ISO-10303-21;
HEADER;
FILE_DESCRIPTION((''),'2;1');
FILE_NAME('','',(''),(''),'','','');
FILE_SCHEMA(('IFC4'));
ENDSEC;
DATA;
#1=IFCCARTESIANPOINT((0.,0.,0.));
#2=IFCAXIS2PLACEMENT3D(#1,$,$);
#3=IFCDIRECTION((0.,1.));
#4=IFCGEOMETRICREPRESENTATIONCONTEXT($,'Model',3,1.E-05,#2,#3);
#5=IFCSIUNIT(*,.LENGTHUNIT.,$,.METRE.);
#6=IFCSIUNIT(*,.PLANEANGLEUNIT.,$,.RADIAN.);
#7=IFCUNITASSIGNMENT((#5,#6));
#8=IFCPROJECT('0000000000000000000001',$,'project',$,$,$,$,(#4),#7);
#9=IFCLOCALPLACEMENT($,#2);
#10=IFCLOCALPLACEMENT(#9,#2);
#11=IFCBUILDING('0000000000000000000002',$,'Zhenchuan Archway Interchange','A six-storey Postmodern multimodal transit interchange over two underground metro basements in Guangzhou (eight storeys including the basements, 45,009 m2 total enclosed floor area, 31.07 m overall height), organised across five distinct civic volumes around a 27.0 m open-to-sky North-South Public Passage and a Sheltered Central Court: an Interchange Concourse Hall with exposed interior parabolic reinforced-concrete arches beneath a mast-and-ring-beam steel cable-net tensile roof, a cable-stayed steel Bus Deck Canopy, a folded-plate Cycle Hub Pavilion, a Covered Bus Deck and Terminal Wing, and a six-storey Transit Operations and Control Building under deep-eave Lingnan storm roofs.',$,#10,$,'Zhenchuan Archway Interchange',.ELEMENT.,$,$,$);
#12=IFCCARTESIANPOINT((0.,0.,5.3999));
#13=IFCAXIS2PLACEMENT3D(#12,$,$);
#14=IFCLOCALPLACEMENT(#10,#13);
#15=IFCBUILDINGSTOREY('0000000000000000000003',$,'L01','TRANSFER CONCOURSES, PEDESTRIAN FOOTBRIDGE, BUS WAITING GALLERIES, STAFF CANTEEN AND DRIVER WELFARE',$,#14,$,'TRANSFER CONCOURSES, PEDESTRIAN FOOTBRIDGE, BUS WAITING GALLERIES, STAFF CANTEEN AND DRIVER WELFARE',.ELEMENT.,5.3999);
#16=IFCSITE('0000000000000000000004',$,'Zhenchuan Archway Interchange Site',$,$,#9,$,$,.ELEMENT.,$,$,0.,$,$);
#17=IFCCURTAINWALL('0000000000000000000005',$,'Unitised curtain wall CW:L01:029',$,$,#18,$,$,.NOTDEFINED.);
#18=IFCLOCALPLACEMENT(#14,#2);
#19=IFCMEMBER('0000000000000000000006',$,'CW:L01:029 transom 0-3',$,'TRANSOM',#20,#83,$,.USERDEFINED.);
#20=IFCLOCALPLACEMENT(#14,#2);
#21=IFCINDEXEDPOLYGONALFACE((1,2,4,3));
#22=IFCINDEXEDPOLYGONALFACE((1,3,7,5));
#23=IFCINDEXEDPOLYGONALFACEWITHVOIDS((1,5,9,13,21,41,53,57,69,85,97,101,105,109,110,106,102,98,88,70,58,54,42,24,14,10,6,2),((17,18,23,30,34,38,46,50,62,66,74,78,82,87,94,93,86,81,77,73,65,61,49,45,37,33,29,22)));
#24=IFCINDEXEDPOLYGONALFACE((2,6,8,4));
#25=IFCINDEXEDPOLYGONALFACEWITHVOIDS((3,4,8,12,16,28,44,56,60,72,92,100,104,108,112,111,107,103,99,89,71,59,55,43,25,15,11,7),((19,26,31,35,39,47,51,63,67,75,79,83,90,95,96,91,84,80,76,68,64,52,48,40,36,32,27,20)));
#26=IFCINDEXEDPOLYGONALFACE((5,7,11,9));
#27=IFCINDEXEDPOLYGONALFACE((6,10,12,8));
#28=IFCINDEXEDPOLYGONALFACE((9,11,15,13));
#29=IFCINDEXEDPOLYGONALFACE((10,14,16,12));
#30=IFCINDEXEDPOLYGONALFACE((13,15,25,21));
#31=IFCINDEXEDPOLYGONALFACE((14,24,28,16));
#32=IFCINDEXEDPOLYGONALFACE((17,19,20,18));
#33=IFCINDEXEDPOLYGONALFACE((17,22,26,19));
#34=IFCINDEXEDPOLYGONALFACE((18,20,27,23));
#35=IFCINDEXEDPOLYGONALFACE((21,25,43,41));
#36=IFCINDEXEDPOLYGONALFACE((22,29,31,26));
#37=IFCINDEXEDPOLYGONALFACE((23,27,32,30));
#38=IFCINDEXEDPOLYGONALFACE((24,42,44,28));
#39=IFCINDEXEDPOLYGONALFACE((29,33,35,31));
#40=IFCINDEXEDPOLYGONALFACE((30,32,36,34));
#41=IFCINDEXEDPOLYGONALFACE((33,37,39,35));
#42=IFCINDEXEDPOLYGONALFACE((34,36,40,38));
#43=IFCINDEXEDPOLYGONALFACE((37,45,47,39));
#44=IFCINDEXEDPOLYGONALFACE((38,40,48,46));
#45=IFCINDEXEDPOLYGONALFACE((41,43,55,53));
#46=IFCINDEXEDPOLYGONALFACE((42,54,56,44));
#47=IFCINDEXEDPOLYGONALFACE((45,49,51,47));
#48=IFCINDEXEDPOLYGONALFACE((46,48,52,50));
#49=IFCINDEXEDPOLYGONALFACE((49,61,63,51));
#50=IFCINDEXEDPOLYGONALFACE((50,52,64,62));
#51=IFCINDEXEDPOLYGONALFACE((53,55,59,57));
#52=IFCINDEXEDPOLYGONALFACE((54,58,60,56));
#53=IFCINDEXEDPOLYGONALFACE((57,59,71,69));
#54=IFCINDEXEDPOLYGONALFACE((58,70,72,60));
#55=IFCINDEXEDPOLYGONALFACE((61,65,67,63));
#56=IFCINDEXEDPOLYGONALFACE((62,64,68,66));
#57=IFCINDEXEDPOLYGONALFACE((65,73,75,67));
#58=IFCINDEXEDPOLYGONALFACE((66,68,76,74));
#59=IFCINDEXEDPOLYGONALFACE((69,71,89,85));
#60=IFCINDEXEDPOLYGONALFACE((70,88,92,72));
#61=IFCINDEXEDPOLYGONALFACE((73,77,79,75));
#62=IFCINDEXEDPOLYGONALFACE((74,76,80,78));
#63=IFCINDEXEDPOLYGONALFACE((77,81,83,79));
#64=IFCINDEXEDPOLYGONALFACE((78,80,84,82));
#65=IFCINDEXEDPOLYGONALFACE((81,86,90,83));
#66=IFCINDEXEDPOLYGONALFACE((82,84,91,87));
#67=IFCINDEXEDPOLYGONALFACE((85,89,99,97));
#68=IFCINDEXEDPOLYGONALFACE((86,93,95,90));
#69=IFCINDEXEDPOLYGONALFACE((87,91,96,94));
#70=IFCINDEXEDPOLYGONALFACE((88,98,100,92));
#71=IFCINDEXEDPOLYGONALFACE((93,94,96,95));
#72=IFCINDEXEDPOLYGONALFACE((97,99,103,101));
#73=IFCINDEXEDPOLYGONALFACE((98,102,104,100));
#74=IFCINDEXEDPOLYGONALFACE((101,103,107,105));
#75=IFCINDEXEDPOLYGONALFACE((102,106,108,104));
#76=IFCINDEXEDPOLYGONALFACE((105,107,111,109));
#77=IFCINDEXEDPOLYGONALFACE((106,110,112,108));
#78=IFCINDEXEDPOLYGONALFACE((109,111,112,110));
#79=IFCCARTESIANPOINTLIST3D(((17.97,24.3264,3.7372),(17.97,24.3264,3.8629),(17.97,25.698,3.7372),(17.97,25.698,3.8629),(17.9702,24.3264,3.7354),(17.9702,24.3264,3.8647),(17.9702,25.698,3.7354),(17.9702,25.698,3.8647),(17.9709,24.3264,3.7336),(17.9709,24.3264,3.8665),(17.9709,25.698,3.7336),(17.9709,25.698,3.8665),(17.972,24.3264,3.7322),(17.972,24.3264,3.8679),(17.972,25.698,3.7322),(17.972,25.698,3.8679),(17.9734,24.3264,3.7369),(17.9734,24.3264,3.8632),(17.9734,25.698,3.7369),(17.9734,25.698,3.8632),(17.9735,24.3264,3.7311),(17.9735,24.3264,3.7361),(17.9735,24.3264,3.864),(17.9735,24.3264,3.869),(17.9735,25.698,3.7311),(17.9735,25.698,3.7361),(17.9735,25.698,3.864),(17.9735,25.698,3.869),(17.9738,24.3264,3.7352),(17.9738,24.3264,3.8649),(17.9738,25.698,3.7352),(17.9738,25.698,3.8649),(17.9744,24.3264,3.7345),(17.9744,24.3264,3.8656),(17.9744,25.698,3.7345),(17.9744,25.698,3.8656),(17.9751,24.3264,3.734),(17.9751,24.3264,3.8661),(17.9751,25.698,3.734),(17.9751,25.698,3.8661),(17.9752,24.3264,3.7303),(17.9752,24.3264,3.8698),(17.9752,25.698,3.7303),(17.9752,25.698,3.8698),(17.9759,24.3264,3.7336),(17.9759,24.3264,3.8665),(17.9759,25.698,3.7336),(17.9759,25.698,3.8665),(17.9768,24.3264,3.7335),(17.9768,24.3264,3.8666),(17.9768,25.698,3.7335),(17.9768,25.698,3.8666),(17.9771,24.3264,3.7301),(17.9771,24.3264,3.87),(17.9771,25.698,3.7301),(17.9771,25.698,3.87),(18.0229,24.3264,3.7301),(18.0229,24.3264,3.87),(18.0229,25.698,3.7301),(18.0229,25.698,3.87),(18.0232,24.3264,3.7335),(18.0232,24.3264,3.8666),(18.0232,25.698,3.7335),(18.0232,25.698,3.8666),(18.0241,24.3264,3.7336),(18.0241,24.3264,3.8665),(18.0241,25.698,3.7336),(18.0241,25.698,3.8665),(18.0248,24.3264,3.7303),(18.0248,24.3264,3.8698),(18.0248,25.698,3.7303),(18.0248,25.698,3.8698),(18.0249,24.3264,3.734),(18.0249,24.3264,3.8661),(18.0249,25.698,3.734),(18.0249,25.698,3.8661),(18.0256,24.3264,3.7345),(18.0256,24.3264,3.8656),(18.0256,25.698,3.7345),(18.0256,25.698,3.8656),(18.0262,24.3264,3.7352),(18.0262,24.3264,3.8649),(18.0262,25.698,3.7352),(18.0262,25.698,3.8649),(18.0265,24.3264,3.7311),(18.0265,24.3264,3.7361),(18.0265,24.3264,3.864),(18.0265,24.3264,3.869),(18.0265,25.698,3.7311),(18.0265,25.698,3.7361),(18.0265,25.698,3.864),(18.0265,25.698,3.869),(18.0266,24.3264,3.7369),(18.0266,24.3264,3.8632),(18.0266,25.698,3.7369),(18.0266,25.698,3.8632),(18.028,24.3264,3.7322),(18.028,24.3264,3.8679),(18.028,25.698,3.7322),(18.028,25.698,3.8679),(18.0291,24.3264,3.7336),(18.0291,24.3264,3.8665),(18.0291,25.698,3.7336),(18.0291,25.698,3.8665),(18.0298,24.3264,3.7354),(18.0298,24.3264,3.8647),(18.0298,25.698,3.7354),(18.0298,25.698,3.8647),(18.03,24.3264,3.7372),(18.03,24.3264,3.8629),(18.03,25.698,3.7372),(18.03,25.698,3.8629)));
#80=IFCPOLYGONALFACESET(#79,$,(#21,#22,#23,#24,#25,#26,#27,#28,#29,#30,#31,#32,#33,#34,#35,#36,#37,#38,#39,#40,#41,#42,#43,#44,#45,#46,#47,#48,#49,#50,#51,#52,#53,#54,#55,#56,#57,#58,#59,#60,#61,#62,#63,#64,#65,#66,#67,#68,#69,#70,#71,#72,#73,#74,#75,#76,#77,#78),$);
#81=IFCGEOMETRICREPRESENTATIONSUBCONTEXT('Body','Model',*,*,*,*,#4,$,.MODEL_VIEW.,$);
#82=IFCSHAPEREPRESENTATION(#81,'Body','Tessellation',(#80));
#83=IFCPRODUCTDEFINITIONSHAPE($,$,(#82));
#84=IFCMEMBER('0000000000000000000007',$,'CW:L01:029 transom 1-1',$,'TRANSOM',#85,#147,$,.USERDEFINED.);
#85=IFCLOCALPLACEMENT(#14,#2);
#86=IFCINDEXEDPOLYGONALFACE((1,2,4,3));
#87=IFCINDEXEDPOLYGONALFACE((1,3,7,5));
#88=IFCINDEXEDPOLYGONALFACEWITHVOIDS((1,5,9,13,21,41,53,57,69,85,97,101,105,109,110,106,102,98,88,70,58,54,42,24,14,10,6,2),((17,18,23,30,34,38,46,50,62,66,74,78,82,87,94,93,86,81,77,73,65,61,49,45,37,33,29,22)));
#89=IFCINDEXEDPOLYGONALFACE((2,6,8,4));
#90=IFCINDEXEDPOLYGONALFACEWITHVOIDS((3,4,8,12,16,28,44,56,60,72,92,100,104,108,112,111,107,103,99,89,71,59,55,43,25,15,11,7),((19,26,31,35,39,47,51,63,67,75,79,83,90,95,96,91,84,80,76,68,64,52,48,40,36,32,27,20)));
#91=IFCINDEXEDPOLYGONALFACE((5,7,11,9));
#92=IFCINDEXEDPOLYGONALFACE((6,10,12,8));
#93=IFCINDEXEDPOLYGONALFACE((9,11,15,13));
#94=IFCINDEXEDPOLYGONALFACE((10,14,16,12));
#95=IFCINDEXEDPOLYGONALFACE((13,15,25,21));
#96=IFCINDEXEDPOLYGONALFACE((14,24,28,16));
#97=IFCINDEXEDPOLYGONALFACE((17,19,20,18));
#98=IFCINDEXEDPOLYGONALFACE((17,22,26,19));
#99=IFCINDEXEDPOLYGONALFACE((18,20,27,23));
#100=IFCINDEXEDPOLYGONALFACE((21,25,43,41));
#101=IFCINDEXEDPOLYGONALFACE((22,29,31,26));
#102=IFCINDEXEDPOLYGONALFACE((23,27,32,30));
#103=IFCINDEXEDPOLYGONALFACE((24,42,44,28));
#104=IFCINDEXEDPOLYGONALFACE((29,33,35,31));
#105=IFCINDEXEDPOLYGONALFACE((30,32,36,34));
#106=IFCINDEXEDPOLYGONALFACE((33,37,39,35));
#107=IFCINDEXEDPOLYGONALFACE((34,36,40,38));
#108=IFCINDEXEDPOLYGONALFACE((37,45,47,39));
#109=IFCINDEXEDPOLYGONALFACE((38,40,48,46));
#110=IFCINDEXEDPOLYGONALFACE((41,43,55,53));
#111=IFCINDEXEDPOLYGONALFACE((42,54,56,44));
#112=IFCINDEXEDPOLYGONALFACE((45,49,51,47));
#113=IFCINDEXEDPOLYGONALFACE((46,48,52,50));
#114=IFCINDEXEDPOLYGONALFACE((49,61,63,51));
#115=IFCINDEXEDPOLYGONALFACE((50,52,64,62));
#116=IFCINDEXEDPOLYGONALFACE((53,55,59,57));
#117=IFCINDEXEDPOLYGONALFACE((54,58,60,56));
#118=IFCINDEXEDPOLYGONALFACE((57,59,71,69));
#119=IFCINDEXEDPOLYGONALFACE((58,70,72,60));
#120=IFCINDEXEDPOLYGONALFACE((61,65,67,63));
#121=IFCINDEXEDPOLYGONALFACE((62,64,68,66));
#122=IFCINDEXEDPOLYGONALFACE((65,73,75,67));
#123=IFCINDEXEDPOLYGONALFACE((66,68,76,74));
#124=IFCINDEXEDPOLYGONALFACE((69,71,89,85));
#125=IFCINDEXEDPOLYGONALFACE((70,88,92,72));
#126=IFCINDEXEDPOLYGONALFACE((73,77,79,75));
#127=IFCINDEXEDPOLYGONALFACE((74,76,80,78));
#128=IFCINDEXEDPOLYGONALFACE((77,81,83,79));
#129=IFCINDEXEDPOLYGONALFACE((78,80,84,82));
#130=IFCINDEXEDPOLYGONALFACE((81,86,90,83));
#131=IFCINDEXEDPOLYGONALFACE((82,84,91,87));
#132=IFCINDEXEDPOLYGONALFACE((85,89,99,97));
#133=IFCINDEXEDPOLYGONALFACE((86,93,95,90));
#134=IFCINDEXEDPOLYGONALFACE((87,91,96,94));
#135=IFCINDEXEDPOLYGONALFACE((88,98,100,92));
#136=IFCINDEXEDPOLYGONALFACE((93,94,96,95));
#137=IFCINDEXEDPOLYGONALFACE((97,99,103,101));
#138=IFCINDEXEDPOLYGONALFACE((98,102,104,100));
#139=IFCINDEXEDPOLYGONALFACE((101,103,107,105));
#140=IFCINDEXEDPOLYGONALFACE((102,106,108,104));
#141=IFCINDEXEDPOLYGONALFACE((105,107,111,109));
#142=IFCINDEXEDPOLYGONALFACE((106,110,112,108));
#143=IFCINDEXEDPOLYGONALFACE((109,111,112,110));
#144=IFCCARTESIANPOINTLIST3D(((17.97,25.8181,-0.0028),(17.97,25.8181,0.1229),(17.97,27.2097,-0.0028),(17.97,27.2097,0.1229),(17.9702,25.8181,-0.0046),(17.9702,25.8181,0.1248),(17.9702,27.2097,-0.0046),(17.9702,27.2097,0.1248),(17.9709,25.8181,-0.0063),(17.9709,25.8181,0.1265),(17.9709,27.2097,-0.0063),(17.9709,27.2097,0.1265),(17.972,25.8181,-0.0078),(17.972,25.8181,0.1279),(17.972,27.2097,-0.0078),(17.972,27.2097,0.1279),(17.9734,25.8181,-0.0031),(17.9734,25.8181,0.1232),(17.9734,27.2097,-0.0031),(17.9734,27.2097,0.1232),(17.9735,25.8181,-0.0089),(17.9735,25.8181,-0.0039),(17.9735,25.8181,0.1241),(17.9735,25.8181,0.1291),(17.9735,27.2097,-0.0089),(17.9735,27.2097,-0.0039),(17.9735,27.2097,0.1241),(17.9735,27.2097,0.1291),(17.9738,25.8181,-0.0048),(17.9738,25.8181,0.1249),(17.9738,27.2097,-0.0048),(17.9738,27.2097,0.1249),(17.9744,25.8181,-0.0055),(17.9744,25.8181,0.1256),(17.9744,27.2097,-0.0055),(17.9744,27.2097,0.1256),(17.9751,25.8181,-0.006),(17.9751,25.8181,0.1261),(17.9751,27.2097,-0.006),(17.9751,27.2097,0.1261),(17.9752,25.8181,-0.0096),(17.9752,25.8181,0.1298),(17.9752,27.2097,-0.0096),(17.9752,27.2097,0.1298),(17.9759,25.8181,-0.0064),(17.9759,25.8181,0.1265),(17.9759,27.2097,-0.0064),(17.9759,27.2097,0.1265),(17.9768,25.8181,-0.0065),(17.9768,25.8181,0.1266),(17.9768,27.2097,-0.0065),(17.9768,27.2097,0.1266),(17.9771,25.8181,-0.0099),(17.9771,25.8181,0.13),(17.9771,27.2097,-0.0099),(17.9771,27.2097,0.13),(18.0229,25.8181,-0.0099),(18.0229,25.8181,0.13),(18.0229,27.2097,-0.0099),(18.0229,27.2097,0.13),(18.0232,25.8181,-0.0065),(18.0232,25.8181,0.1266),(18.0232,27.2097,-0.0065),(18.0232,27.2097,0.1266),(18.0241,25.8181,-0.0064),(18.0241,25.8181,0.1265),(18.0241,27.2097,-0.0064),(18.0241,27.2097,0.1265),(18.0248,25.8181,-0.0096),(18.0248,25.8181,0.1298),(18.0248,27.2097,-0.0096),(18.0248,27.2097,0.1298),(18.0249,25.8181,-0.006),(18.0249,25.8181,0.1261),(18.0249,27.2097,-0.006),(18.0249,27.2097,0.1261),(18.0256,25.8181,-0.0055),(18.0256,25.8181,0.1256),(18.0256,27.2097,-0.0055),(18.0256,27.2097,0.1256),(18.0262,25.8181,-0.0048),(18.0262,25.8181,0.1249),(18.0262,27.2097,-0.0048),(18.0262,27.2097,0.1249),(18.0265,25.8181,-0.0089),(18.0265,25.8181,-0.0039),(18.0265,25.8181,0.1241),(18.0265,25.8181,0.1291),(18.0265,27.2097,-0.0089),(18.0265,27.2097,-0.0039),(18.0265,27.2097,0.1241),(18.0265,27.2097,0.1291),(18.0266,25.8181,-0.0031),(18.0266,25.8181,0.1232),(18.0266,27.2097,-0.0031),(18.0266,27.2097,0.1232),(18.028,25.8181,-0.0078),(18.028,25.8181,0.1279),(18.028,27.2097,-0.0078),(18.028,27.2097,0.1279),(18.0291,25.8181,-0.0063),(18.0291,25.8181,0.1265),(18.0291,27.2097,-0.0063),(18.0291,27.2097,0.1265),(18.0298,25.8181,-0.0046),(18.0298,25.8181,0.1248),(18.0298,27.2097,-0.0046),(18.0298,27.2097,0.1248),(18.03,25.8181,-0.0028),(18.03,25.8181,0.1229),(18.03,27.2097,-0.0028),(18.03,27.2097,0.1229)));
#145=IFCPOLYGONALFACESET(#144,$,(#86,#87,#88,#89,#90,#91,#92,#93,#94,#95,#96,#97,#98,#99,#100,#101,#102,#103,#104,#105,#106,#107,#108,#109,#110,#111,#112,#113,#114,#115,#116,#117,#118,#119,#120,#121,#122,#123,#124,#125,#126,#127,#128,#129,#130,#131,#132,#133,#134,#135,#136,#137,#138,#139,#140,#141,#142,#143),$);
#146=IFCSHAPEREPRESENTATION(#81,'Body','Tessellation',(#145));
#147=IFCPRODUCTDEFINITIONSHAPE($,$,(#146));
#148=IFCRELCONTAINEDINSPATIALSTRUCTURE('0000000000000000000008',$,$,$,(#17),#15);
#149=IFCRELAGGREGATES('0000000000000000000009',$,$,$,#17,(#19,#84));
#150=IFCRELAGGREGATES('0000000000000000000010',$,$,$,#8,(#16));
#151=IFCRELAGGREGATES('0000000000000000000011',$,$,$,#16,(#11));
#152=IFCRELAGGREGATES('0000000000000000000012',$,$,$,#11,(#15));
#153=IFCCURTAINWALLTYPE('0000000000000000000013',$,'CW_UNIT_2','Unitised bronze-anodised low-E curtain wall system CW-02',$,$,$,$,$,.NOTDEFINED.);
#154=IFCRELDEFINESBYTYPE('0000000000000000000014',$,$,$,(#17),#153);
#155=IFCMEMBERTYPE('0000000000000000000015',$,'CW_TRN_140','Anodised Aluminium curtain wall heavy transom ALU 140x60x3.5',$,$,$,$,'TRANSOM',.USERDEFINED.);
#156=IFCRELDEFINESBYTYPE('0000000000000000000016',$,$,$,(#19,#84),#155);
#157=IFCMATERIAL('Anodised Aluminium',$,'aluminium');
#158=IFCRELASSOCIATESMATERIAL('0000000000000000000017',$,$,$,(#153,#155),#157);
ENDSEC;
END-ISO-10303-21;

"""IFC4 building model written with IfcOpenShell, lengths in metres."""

from ifc_helpers import new_model, si_unit, direction, frame, origin, origin_2d, place, context, subcontext, project, spatial, hollow_rectangle, extrude, material, material_profile, profile_set, type_object, element, aggregate, save


model = new_model("IFC4")

# Units and contexts
model_context = context("Model", 3, precision=1e-05, world=origin(), true_north=direction((0.0, 1.0)))
body_context = subcontext(model_context, "Body", "Model", "MODEL_VIEW")
ifc_project = project(units=[si_unit("LENGTHUNIT", "METRE"), si_unit("PLANEANGLEUNIT", "RADIAN")], contexts=[model_context])

# Site, building, storey
site_placement = place(None, origin())
site = spatial("IfcSite", under=ifc_project, at=site_placement, Name="Zhenchuan Archway Interchange Site", CompositionType="ELEMENT", RefElevation=0.0)
building_placement = place(site_placement, origin())
building = spatial("IfcBuilding", under=site, at=building_placement, Name="Zhenchuan Archway Interchange", Description="A six-storey Postmodern multimodal transit interchange over two underground metro basements in Guangzhou (eight storeys including the basements, 45,009 m2 total enclosed floor area, 31.07 m overall height), organised across five distinct civic volumes around a 27.0 m open-to-sky North-South Public Passage and a Sheltered Central Court: an Interchange Concourse Hall with exposed interior parabolic reinforced-concrete arches beneath a mast-and-ring-beam steel cable-net tensile roof, a cable-stayed steel Bus Deck Canopy, a folded-plate Cycle Hub Pavilion, a Covered Bus Deck and Terminal Wing, and a six-storey Transit Operations and Control Building under deep-eave Lingnan storm roofs.", LongName="Zhenchuan Archway Interchange", CompositionType="ELEMENT")
storey_placement = place(building_placement, frame((0.0, 0.0, 5.3999)))
storey = spatial("IfcBuildingStorey", under=building, at=storey_placement, Name="L01", Description="TRANSFER CONCOURSES, PEDESTRIAN FOOTBRIDGE, BUS WAITING GALLERIES, STAFF CANTEEN AND DRIVER WELFARE", LongName="TRANSFER CONCOURSES, PEDESTRIAN FOOTBRIDGE, BUS WAITING GALLERIES, STAFF CANTEEN AND DRIVER WELFARE", CompositionType="ELEMENT", Elevation=5.3999)

# Curtain wall
ifc_material_1 = material(Name="Anodised Aluminium", Category="aluminium")
curtain_wall_type_1 = type_object("IfcCurtainWallType", Name="CW_UNIT_2", Description="Unitised bronze-anodised low-E curtain wall system CW-02", PredefinedType="NOTDEFINED", material=ifc_material_1)
curtain_wall_1_placement = place(storey_placement, origin())
curtain_wall_1 = element("IfcCurtainWall", 1, at=curtain_wall_1_placement, inside=storey, type_object=curtain_wall_type_1, Name="Unitised curtain wall CW:L01:029", PredefinedType="NOTDEFINED")

# Members
ifc_material_profile_1 = material_profile(ifc_material_1, hollow_rectangle(XDim=0.0601, YDim=0.1399, WallThickness=0.0034, InnerFilletRadius=0.0034, OuterFilletRadius=0.0071, at=origin_2d()), Name="ALU 140x60x3.5")
ifc_profile_set_1 = profile_set([ifc_material_profile_1], Name="Anodised Aluminium")
member_type_1 = type_object("IfcMemberType", Name="CW_TRN_140", Description="Anodised Aluminium curtain wall heavy transom ALU 140x60x3.5", ElementType="TRANSOM", PredefinedType="USERDEFINED", material=ifc_profile_set_1)
member_1_placement = place(storey_placement, frame((18.0, 24.3264, 3.8), z_axis=(0.0, 1.0, 0.0), x_axis=(-1.0, 0.0, 0.0)))
member_1 = element("IfcMember", 2, at=member_1_placement, type_object=member_type_1, Name="CW:L01:029 transom 0-3", ObjectType="TRANSOM", PredefinedType="USERDEFINED", context=body_context, shape_type="SweptSolid", body=[
    extrude(hollow_rectangle(XDim=0.0601, YDim=0.1399, WallThickness=0.0034, InnerFilletRadius=0.0034, OuterFilletRadius=0.0071, at=origin_2d()), origin(), (0.0, 0.0, 1.0), 1.3716),
])
member_2_placement = place(storey_placement, frame((18.0, 25.8181, 0.0601), z_axis=(0.0, 1.0, 0.0), x_axis=(-1.0, 0.0, 0.0)))
member_2 = element("IfcMember", 3, at=member_2_placement, type_object=member_type_1, Name="CW:L01:029 transom 1-1", ObjectType="TRANSOM", PredefinedType="USERDEFINED", context=body_context, shape_type="SweptSolid", body=[
    extrude(hollow_rectangle(XDim=0.0601, YDim=0.1399, WallThickness=0.0034, InnerFilletRadius=0.0034, OuterFilletRadius=0.0071, at=origin_2d()), origin(), (0.0, 0.0, 1.0), 1.3916),
])

aggregate(curtain_wall_1, [member_1, member_2])

save(model, "model.ifc")
